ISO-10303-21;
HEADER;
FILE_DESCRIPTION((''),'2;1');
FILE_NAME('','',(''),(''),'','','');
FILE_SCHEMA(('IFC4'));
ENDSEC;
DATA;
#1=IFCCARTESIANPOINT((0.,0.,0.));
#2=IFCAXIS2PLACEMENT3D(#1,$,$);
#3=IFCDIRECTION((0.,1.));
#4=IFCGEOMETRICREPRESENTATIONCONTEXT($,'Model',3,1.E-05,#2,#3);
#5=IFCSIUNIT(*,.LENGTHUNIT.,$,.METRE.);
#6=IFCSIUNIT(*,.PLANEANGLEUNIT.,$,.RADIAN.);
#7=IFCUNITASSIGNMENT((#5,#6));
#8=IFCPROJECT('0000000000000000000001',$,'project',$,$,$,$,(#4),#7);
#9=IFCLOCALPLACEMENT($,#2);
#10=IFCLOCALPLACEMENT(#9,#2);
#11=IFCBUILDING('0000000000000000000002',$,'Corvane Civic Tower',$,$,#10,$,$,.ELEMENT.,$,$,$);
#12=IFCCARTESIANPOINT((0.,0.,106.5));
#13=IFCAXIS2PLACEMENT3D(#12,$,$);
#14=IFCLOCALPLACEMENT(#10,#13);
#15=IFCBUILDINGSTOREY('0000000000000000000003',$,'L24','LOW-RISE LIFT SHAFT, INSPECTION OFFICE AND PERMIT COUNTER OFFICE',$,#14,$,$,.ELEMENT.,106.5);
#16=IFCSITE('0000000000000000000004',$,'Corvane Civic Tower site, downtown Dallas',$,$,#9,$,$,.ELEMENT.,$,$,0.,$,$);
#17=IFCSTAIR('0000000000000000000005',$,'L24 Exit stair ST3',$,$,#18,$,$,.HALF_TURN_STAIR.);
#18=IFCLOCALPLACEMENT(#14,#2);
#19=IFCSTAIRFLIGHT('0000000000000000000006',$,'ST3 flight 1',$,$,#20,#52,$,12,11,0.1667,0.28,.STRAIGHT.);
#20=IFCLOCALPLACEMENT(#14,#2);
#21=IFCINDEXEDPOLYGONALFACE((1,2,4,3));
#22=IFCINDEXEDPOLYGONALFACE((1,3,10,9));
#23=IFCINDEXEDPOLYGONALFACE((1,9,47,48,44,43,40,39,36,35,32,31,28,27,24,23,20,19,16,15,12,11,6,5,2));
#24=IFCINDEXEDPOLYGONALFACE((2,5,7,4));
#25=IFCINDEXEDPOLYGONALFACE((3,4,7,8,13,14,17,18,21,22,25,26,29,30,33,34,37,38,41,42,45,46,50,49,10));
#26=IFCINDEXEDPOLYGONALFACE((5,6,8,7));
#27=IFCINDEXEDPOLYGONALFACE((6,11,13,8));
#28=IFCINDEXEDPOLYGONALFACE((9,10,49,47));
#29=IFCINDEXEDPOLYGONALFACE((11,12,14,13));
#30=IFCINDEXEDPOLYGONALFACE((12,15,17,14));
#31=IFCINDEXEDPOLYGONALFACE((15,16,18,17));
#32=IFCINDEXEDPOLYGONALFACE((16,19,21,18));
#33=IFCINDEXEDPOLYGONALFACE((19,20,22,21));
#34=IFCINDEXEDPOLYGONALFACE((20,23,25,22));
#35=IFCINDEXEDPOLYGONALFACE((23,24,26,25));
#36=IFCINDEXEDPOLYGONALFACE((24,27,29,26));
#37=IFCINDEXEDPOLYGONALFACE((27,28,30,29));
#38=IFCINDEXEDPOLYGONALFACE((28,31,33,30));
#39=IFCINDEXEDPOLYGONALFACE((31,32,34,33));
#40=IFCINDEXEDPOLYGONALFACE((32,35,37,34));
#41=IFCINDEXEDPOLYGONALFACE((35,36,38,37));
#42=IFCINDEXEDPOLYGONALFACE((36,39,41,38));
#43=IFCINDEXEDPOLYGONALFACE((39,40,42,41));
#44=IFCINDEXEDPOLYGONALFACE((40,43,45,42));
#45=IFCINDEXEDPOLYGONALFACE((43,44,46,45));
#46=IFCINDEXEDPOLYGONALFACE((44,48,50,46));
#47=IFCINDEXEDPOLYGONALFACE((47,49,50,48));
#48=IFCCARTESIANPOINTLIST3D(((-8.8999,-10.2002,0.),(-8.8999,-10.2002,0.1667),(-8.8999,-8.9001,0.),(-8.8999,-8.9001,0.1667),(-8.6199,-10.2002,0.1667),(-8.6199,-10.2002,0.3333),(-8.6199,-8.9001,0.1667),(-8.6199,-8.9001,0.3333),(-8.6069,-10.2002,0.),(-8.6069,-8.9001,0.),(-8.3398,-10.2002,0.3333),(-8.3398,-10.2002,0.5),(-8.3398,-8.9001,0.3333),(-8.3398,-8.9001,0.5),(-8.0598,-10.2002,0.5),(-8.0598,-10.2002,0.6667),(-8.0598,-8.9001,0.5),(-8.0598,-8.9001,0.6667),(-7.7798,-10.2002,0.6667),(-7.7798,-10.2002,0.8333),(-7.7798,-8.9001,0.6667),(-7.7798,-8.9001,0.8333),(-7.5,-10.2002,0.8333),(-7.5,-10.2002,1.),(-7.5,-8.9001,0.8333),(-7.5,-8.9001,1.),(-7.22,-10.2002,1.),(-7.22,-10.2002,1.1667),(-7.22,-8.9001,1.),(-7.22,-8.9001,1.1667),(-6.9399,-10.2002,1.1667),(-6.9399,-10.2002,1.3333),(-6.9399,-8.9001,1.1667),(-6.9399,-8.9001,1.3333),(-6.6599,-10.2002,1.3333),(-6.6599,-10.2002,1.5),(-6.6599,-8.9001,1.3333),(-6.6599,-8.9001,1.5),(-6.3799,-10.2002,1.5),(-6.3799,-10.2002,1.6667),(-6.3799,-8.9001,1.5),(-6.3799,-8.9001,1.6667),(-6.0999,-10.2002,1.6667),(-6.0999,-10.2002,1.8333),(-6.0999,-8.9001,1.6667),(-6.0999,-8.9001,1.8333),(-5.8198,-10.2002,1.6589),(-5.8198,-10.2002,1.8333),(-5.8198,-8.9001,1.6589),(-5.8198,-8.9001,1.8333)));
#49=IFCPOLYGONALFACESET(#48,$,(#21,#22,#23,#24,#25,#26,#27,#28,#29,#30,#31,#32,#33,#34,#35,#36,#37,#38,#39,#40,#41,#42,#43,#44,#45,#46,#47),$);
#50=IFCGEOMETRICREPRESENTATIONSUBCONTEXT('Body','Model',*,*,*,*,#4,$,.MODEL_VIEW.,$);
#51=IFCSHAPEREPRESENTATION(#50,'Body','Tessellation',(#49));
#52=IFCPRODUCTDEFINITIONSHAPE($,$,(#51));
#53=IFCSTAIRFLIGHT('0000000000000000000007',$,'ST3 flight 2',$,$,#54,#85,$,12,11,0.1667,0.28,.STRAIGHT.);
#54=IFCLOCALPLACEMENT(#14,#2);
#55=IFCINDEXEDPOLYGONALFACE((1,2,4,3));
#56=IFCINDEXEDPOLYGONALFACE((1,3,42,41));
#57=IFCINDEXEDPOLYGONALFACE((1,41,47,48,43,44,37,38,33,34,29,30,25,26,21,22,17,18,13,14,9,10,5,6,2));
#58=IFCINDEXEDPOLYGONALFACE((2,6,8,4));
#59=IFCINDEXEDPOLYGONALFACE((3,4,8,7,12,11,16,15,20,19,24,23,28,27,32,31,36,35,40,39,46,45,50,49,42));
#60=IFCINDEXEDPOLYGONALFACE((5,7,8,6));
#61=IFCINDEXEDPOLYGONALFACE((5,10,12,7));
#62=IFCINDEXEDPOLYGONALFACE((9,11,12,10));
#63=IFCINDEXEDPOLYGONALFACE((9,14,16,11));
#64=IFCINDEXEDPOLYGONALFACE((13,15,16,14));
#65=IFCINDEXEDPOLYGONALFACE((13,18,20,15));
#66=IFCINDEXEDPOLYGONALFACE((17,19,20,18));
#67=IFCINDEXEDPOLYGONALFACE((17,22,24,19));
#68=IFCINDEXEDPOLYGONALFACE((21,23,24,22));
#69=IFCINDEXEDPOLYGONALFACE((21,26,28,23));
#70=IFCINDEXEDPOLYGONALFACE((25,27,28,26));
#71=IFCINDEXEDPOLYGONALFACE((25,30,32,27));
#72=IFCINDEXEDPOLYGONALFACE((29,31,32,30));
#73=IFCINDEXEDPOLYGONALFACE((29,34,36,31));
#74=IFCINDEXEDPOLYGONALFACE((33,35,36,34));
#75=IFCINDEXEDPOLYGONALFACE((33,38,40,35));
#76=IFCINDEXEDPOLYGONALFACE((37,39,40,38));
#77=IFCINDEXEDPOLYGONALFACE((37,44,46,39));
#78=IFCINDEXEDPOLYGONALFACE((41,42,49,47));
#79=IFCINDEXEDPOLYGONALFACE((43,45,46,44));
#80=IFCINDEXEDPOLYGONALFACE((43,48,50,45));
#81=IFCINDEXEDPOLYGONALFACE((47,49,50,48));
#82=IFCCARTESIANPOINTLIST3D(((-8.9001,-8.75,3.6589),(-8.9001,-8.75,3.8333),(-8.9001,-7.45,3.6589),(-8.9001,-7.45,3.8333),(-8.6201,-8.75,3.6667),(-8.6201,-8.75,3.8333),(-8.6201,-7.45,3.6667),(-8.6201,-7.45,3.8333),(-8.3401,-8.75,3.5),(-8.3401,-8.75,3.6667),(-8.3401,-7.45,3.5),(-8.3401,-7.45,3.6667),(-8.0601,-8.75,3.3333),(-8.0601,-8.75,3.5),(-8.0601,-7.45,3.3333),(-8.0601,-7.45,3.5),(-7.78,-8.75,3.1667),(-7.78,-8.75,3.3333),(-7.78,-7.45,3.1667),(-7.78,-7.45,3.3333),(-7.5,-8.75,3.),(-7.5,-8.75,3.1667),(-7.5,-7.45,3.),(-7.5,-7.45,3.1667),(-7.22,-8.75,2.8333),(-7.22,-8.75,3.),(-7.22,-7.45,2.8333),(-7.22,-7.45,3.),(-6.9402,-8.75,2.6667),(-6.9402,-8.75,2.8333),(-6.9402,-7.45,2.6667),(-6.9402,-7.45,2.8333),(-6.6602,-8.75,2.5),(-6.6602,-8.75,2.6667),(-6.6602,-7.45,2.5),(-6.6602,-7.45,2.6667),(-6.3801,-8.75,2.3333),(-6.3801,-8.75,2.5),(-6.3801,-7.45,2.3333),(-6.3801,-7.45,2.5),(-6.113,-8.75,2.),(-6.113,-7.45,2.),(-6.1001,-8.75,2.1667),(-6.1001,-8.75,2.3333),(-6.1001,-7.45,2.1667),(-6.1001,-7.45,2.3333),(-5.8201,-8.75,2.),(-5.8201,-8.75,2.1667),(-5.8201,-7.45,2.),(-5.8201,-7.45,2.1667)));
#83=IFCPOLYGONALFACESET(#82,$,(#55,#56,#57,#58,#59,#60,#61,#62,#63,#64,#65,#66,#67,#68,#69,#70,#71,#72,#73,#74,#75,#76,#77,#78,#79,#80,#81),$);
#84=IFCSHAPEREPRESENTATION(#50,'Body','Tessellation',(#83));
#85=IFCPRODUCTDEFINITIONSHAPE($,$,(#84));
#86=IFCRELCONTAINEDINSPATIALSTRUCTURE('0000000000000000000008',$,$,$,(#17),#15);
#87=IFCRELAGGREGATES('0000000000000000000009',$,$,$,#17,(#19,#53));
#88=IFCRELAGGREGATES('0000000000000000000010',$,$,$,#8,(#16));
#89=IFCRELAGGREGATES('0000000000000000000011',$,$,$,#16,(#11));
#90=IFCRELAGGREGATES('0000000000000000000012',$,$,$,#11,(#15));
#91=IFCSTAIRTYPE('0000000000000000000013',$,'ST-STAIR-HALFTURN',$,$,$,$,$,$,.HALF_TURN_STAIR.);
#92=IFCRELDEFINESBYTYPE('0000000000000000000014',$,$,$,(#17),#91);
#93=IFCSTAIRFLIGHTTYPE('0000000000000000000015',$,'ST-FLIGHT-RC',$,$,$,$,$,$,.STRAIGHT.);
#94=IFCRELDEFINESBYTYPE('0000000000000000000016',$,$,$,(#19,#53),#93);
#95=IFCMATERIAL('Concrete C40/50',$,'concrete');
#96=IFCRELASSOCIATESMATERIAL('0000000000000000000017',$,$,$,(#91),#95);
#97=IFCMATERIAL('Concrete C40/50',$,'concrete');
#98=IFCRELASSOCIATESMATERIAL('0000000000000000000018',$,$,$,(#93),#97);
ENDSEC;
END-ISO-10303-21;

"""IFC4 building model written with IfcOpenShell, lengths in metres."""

from ifc_helpers import new_model, si_unit, direction, frame, origin, place, context, subcontext, project, spatial, polyline, outline, extrude, material, type_object, element, aggregate, save


model = new_model("IFC4")

# Units and contexts
model_context = context("Model", 3, precision=1e-05, world=origin(), true_north=direction((0.0, 1.0)))
body_context = subcontext(model_context, "Body", "Model", "MODEL_VIEW")
ifc_project = project(units=[si_unit("LENGTHUNIT", "METRE"), si_unit("PLANEANGLEUNIT", "RADIAN")], contexts=[model_context])

# Site, building, storey
site_placement = place(None, origin())
site = spatial("IfcSite", under=ifc_project, at=site_placement, Name="Corvane Civic Tower site, downtown Dallas", CompositionType="ELEMENT", RefElevation=0.0)
building_placement = place(site_placement, origin())
building = spatial("IfcBuilding", under=site, at=building_placement, Name="Corvane Civic Tower", CompositionType="ELEMENT")
storey_placement = place(building_placement, frame((0.0, 0.0, 106.5)))
storey = spatial("IfcBuildingStorey", under=building, at=storey_placement, Name="L24", Description="LOW-RISE LIFT SHAFT, INSPECTION OFFICE AND PERMIT COUNTER OFFICE", CompositionType="ELEMENT", Elevation=106.5)

# Stair, stair flights
ifc_material_1 = material(Name="Concrete C40/50", Category="concrete")
stair_type = type_object("IfcStairType", Name="ST-STAIR-HALFTURN", PredefinedType="HALF_TURN_STAIR", material=ifc_material_1)
stair_placement = place(storey_placement, origin())
stair = element("IfcStair", 1, at=stair_placement, inside=storey, type_object=stair_type, Name="L24 Exit stair ST3", PredefinedType="HALF_TURN_STAIR")
ifc_material_2 = material(Name="Concrete C40/50", Category="concrete")
stair_flight_type = type_object("IfcStairFlightType", Name="ST-FLIGHT-RC", PredefinedType="STRAIGHT", material=ifc_material_2)
stair_flight_1_placement = place(storey_placement, frame((-8.8999, -9.55, 0.0), z_axis=(0.0, 0.0, 1.0), x_axis=(1.0, 0.0, 0.0)))
stair_flight_1 = element("IfcStairFlight", 2, at=stair_flight_1_placement, type_object=stair_flight_type, Name="ST3 flight 1", NumberOfRisers=12, NumberOfTreads=11, PredefinedType="STRAIGHT", RiserHeight=0.1667, TreadLength=0.28, context=body_context, shape_type="SweptSolid", body=[
    extrude(outline(polyline([(0.0, 0.0), (0.0, 0.1667), (0.28, 0.1667), (0.28, 0.3333), (0.5601, 0.3333), (0.5601, 0.5), (0.8401, 0.5), (0.8401, 0.6667), (1.1201, 0.6667), (1.1201, 0.8333), (1.3999, 0.8333), (1.3999, 1.0), (1.6799, 1.0), (1.6799, 1.1667), (1.96, 1.1667), (1.96, 1.3333), (2.24, 1.3333), (2.24, 1.5), (2.52, 1.5), (2.52, 1.6667), (2.8, 1.6667), (2.8, 1.8333), (3.0801, 1.8333), (3.0801, 2.0), (3.0801, 1.6589), (0.293, 0.0), (0.0, 0.0)])), frame((0.0, 0.6499, 0.0), z_axis=(0.0, -1.0, 0.0), x_axis=(1.0, 0.0, 0.0)), (0.0, 0.0, 1.0), 1.3),
])
stair_flight_2_placement = place(storey_placement, frame((-5.8201, -8.1001, 2.0), z_axis=(0.0, 0.0, 1.0), x_axis=(-1.0, 0.0, 0.0)))
stair_flight_2 = element("IfcStairFlight", 3, at=stair_flight_2_placement, type_object=stair_flight_type, Name="ST3 flight 2", NumberOfRisers=12, NumberOfTreads=11, PredefinedType="STRAIGHT", RiserHeight=0.1667, TreadLength=0.28, context=body_context, shape_type="SweptSolid", body=[
    extrude(outline(polyline([(0.0, 0.0), (0.0, 0.1667), (0.28, 0.1667), (0.28, 0.3333), (0.5601, 0.3333), (0.5601, 0.5), (0.8401, 0.5), (0.8401, 0.6667), (1.1201, 0.6667), (1.1201, 0.8333), (1.3999, 0.8333), (1.3999, 1.0), (1.6799, 1.0), (1.6799, 1.1667), (1.96, 1.1667), (1.96, 1.3333), (2.24, 1.3333), (2.24, 1.5), (2.52, 1.5), (2.52, 1.6667), (2.8, 1.6667), (2.8, 1.8333), (3.0801, 1.8333), (3.0801, 2.0), (3.0801, 1.6589), (0.293, 0.0), (0.0, 0.0)])), frame((0.0, 0.6499, 0.0), z_axis=(0.0, -1.0, 0.0), x_axis=(1.0, 0.0, 0.0)), (0.0, 0.0, 1.0), 1.3),
])
aggregate(stair, [stair_flight_1, stair_flight_2])

save(model, "model.ifc")
